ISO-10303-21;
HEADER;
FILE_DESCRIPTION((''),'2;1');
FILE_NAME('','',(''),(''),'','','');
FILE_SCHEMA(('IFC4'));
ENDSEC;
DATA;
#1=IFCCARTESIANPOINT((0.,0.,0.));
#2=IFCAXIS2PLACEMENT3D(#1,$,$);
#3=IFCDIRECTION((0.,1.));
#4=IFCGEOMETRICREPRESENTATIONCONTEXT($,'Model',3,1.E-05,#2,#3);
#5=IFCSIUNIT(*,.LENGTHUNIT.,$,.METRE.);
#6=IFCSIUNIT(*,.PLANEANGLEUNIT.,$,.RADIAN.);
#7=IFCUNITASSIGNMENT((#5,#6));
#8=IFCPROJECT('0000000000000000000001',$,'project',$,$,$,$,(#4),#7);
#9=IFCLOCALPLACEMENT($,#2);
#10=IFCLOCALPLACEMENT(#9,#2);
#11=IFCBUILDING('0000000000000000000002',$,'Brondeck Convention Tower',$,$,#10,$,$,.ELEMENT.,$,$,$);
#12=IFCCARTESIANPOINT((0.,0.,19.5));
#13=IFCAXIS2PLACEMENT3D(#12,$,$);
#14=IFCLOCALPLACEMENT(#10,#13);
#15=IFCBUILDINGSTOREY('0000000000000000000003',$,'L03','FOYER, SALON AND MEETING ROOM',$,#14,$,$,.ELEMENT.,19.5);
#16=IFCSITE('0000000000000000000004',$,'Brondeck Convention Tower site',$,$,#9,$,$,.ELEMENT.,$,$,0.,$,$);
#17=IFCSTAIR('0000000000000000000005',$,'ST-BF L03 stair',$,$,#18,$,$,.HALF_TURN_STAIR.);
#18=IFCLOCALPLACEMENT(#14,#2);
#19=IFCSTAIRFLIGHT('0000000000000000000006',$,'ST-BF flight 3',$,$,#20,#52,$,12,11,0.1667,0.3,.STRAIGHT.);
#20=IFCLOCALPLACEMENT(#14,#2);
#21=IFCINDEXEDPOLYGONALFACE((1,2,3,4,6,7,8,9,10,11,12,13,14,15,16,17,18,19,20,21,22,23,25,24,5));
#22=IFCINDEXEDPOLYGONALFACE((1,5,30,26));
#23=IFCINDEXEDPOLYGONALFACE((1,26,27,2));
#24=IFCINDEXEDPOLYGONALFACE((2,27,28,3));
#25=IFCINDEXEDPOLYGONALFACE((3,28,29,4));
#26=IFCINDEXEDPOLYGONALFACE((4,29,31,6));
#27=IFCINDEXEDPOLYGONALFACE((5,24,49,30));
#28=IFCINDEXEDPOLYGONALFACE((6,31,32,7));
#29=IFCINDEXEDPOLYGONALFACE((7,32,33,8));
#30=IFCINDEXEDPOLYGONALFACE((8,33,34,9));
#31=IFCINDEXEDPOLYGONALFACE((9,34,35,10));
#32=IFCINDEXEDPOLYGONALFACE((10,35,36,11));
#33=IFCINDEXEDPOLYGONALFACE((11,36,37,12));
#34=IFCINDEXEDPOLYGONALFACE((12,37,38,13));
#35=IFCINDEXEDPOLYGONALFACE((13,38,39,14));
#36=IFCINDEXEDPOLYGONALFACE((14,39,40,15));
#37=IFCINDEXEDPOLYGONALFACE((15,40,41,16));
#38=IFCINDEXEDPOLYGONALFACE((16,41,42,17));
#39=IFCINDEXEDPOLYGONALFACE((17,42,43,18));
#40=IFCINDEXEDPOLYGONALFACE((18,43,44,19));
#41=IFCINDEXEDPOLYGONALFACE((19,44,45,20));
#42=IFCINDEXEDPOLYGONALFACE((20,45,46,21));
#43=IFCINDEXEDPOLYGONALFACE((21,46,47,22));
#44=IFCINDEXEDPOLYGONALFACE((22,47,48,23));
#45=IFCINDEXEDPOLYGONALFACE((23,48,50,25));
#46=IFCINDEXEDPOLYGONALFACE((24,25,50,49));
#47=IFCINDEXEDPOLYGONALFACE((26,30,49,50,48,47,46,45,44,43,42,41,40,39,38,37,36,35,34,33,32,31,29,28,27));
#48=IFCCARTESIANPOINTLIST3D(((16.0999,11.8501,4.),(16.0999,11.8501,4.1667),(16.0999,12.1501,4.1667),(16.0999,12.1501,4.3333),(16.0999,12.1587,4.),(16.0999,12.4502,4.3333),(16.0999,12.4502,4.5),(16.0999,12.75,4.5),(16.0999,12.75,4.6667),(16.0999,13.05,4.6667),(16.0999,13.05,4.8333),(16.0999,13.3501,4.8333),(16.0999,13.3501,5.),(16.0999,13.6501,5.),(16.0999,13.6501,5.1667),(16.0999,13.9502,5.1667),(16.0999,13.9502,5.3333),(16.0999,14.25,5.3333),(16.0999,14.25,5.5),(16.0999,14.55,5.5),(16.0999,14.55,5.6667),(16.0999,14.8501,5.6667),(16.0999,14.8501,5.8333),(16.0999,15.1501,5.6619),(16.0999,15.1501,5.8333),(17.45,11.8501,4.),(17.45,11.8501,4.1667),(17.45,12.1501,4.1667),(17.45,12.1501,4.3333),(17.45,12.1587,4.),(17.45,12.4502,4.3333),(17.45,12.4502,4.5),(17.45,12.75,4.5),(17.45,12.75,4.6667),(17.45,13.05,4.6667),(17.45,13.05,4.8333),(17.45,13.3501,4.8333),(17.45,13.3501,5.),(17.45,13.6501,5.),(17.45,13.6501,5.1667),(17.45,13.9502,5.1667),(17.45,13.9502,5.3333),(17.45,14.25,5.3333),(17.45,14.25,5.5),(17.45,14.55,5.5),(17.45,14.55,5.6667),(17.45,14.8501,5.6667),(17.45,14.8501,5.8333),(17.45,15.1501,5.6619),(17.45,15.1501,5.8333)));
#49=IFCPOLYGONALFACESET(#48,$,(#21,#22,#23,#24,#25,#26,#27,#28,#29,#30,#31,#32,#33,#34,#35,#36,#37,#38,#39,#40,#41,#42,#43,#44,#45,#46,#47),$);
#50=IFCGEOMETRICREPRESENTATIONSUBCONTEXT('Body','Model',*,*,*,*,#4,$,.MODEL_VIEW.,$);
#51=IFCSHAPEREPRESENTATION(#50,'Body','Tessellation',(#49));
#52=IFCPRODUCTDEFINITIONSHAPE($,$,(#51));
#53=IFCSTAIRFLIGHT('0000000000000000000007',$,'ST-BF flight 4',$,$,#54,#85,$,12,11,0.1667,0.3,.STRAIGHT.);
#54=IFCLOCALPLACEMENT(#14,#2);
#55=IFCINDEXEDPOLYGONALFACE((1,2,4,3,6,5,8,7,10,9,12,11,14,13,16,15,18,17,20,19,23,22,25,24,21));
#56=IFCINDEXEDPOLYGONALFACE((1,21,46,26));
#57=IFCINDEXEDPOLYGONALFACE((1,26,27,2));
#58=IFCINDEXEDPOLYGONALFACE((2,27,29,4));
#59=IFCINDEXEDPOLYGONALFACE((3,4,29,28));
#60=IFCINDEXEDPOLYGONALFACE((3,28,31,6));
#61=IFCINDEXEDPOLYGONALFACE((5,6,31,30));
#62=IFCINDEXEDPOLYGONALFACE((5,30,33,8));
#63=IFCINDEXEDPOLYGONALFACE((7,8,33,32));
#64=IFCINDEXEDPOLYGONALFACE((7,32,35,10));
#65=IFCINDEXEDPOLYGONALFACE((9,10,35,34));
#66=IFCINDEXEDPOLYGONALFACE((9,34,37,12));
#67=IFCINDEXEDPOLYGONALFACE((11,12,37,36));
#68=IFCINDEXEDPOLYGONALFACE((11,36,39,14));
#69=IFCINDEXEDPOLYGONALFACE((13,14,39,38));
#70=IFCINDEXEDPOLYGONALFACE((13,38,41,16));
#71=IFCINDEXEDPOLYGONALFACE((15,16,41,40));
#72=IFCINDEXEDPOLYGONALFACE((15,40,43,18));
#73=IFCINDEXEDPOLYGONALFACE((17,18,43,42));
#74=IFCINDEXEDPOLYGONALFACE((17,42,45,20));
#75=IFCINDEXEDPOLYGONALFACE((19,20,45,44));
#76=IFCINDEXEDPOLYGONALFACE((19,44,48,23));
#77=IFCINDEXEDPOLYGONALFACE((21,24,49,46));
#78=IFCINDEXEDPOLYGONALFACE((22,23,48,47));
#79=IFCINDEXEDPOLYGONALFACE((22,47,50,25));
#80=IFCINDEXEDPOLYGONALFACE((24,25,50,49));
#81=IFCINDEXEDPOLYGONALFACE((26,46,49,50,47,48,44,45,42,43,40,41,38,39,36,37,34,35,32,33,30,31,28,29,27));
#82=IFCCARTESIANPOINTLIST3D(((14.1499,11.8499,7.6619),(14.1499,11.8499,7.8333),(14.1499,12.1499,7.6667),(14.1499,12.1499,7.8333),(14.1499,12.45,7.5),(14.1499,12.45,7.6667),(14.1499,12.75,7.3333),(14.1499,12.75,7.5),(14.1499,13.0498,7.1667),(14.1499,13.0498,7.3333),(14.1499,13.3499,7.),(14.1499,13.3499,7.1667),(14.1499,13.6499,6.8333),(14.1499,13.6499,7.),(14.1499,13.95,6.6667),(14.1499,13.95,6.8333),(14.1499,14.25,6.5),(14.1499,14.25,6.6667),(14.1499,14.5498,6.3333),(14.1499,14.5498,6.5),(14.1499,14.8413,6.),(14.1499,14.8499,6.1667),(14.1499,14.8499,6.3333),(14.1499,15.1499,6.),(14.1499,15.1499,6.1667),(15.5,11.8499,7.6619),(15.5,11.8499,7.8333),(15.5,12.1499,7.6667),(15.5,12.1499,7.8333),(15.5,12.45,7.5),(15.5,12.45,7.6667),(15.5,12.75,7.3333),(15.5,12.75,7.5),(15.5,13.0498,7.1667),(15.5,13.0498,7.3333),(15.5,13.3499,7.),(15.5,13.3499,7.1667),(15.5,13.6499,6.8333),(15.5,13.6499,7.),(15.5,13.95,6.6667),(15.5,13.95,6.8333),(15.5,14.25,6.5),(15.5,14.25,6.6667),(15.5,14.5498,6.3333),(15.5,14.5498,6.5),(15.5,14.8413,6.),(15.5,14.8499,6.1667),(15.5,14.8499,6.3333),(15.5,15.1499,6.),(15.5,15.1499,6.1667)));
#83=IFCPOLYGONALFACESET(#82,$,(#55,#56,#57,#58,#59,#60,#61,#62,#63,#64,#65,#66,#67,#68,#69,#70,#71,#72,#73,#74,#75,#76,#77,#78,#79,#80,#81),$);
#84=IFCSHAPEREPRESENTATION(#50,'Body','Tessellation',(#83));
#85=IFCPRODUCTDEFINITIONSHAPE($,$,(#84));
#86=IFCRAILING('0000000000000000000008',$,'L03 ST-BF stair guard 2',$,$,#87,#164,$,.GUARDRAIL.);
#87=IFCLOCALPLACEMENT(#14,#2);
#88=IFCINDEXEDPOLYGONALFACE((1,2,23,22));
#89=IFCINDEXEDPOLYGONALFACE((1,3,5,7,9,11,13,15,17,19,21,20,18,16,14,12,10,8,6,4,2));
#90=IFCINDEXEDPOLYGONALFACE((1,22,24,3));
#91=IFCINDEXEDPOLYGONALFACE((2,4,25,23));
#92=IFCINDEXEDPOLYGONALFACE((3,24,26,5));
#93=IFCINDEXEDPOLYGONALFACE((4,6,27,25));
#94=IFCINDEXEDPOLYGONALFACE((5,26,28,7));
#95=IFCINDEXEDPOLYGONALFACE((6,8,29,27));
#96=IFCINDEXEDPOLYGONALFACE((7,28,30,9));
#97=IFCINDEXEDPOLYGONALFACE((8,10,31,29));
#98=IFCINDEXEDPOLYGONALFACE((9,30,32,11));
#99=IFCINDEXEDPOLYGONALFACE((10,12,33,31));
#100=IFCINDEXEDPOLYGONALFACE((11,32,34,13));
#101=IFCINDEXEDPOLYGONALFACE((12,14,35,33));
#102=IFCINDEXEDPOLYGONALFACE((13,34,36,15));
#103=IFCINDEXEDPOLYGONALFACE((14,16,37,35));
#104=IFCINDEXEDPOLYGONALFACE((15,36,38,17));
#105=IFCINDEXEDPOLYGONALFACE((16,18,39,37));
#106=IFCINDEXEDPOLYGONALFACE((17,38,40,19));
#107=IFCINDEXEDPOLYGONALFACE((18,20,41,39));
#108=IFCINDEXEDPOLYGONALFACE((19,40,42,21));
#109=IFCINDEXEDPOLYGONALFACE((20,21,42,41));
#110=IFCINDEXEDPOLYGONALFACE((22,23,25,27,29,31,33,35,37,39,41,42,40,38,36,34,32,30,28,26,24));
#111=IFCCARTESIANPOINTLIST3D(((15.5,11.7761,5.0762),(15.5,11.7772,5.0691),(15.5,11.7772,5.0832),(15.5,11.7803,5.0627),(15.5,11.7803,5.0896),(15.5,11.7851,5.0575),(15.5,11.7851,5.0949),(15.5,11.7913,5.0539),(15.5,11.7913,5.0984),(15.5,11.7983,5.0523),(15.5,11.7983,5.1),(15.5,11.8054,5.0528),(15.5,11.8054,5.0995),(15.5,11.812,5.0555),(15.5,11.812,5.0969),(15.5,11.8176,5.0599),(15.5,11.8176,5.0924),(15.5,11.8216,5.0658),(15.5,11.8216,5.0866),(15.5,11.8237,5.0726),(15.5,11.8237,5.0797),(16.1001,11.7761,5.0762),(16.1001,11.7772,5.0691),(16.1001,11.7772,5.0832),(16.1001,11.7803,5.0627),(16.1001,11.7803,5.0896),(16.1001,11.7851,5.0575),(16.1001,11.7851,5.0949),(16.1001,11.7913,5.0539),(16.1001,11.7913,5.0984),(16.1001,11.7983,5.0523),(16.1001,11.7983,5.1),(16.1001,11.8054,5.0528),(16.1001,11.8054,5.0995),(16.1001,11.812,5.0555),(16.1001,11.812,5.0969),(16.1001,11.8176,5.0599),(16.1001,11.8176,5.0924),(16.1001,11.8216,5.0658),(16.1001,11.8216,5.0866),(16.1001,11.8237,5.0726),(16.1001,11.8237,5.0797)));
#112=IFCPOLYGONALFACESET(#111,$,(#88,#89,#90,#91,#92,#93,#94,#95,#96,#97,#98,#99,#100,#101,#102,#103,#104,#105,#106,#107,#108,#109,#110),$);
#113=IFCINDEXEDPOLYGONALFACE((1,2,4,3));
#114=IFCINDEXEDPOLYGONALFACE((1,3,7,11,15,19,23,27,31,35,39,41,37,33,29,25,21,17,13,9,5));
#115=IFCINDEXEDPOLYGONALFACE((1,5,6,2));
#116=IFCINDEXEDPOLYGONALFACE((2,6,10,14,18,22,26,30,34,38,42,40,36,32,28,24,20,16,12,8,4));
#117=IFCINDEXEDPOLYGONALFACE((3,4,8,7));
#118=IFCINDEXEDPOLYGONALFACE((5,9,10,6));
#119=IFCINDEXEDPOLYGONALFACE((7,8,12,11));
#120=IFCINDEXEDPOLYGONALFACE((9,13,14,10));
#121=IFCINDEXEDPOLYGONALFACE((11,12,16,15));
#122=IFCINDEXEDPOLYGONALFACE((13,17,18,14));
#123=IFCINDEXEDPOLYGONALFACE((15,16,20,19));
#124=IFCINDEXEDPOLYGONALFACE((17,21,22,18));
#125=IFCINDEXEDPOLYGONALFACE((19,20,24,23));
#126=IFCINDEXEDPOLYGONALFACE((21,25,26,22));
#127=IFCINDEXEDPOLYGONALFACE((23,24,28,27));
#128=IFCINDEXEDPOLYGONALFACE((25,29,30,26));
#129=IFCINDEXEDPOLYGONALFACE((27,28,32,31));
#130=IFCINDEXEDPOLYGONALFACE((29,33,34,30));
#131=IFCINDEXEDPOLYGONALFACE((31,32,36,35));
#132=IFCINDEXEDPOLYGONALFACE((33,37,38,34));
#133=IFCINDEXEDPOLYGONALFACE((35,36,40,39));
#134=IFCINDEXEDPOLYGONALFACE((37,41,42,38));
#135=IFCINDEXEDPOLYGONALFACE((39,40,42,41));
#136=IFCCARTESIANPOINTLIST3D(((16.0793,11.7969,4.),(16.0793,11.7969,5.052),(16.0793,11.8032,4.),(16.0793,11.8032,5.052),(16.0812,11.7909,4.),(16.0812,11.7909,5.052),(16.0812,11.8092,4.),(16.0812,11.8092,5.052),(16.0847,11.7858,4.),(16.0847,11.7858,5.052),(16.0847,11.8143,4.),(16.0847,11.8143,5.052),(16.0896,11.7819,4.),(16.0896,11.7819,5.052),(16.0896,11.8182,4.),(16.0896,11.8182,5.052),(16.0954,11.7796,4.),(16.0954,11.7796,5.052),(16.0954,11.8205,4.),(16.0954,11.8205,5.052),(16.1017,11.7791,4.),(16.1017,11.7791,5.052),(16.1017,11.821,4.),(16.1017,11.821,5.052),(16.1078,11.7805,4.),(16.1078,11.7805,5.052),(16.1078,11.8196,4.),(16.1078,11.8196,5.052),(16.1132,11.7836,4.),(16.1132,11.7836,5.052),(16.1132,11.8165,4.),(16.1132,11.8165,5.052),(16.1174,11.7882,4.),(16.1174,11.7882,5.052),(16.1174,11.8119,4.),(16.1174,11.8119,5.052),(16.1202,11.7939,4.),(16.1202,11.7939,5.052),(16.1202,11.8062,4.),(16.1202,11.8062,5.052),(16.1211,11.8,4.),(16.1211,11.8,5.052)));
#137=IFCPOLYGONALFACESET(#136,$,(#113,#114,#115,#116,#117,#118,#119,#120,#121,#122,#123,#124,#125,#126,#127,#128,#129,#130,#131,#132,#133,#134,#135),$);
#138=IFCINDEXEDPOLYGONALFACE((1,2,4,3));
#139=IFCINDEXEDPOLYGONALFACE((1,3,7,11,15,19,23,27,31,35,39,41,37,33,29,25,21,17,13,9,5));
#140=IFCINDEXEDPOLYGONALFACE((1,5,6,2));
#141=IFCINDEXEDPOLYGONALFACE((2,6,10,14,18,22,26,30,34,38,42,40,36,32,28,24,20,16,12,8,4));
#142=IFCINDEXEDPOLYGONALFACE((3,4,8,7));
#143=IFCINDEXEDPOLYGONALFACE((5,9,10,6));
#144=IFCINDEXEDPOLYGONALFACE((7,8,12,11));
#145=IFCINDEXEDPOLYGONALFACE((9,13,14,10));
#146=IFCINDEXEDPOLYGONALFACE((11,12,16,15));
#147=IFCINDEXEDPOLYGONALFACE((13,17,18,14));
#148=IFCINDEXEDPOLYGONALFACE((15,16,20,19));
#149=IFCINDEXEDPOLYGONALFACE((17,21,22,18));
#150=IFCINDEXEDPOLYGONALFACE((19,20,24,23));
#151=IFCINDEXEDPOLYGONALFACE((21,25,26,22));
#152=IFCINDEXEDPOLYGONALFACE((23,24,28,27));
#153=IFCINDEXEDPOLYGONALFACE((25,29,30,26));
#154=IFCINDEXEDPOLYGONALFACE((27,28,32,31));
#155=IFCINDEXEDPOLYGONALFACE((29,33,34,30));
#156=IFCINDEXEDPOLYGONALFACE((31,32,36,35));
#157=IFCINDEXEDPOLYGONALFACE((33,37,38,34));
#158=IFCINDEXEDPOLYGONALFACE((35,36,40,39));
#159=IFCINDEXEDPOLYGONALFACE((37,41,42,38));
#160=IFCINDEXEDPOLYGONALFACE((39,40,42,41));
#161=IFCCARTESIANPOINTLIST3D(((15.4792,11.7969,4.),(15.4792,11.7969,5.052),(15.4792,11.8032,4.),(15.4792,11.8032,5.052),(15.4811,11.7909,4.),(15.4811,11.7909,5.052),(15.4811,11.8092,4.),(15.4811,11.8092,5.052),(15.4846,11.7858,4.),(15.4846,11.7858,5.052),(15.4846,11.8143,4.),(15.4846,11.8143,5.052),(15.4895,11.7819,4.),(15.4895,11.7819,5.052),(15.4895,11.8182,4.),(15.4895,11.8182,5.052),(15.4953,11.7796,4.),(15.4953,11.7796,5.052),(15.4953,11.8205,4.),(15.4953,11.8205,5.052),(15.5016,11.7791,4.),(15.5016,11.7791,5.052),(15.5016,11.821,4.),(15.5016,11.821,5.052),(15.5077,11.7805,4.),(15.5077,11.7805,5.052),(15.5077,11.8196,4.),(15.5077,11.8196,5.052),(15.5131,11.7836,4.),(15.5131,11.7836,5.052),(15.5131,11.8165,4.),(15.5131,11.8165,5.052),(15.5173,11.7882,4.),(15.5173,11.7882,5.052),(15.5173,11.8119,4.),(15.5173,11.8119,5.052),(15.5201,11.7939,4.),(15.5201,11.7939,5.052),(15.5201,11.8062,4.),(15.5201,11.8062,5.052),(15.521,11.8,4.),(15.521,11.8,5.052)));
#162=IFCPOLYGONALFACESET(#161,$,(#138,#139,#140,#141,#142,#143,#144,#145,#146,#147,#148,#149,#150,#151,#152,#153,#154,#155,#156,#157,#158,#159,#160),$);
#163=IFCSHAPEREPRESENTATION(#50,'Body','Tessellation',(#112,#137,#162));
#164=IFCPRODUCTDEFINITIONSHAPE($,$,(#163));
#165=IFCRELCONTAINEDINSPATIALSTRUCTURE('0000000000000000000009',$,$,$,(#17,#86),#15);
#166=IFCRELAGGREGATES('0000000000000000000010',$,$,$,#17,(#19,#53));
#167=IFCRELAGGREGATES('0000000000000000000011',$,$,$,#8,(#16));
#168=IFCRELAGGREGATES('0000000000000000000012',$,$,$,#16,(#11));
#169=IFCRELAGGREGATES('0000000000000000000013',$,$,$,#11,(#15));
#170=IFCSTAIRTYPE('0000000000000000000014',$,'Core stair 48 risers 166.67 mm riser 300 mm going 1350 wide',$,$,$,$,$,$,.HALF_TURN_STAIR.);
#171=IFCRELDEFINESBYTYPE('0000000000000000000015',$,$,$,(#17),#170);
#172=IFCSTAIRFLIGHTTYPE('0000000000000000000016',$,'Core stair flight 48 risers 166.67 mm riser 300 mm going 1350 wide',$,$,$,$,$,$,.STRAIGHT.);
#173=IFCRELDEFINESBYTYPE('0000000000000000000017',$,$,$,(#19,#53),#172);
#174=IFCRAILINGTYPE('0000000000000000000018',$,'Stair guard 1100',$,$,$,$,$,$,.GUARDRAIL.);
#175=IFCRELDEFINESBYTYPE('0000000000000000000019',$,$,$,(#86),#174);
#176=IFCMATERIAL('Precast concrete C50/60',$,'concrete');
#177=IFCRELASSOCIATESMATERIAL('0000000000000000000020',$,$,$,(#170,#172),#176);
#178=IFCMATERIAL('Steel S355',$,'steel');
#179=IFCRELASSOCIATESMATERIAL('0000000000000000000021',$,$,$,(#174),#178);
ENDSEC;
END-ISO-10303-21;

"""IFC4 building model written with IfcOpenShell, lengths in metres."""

from ifc_helpers import new_model, si_unit, direction, frame, origin, origin_2d, place, context, subcontext, project, spatial, polyline, circle, outline, extrude, material, type_object, element, aggregate, save


model = new_model("IFC4")

# Units and contexts
model_context = context("Model", 3, precision=1e-05, world=origin(), true_north=direction((0.0, 1.0)))
body_context = subcontext(model_context, "Body", "Model", "MODEL_VIEW")
ifc_project = project(units=[si_unit("LENGTHUNIT", "METRE"), si_unit("PLANEANGLEUNIT", "RADIAN")], contexts=[model_context])

# Site, building, storey
site_placement = place(None, origin())
site = spatial("IfcSite", under=ifc_project, at=site_placement, Name="Brondeck Convention Tower site", CompositionType="ELEMENT", RefElevation=0.0)
building_placement = place(site_placement, origin())
building = spatial("IfcBuilding", under=site, at=building_placement, Name="Brondeck Convention Tower", CompositionType="ELEMENT")
storey_placement = place(building_placement, frame((0.0, 0.0, 19.5)))
storey = spatial("IfcBuildingStorey", under=building, at=storey_placement, Name="L03", Description="FOYER, SALON AND MEETING ROOM", CompositionType="ELEMENT", Elevation=19.5)

# Shared definitions
ifc_material_1 = material(Name="Steel S355", Category="steel")

# Stair, stair flights
ifc_material_2 = material(Name="Precast concrete C50/60", Category="concrete")
stair_type = type_object("IfcStairType", Name="Core stair 48 risers 166.67 mm riser 300 mm going 1350 wide", PredefinedType="HALF_TURN_STAIR", material=ifc_material_2)
stair_placement = place(storey_placement, origin())
stair = element("IfcStair", 1, at=stair_placement, inside=storey, type_object=stair_type, Name="ST-BF L03 stair", PredefinedType="HALF_TURN_STAIR")
stair_flight_type = type_object("IfcStairFlightType", Name="Core stair flight 48 risers 166.67 mm riser 300 mm going 1350 wide", PredefinedType="STRAIGHT", material=ifc_material_2)
stair_flight_1_placement = place(storey_placement, frame((16.7749, 11.8501, 4.0), z_axis=(0.0, 0.0, 1.0), x_axis=(0.0, 1.0, 0.0)))
stair_flight_1 = element("IfcStairFlight", 2, at=stair_flight_1_placement, type_object=stair_flight_type, Name="ST-BF flight 3", NumberOfRisers=12, NumberOfTreads=11, PredefinedType="STRAIGHT", RiserHeight=0.1667, TreadLength=0.3, context=body_context, shape_type="SweptSolid", body=[
    extrude(outline(polyline([(0.0, 0.0), (0.0, 0.1667), (0.3, 0.1667), (0.3, 0.3333), (0.6001, 0.3333), (0.6001, 0.5), (0.8999, 0.5), (0.8999, 0.6667), (1.2, 0.6667), (1.2, 0.8333), (1.5, 0.8333), (1.5, 1.0), (1.8, 1.0), (1.8, 1.1667), (2.1001, 1.1667), (2.1001, 1.3333), (2.3999, 1.3333), (2.3999, 1.5), (2.7, 1.5), (2.7, 1.6667), (3.0, 1.6667), (3.0, 1.8333), (3.3, 1.8333), (3.3, 2.0), (3.3, 1.6619), (0.3086, 0.0), (0.0, 0.0)])), frame((0.0, 0.675, 0.0), z_axis=(0.0, -1.0, 0.0), x_axis=(1.0, 0.0, 0.0)), (0.0, 0.0, 1.0), 1.3501),
])
stair_flight_2_placement = place(storey_placement, frame((14.825, 15.1499, 6.0), z_axis=(0.0, 0.0, 1.0), x_axis=(0.0, -1.0, 0.0)))
stair_flight_2 = element("IfcStairFlight", 3, at=stair_flight_2_placement, type_object=stair_flight_type, Name="ST-BF flight 4", NumberOfRisers=12, NumberOfTreads=11, PredefinedType="STRAIGHT", RiserHeight=0.1667, TreadLength=0.3, context=body_context, shape_type="SweptSolid", body=[
    extrude(outline(polyline([(0.0, 0.0), (0.0, 0.1667), (0.3, 0.1667), (0.3, 0.3333), (0.6001, 0.3333), (0.6001, 0.5), (0.8999, 0.5), (0.8999, 0.6667), (1.2, 0.6667), (1.2, 0.8333), (1.5, 0.8333), (1.5, 1.0), (1.8, 1.0), (1.8, 1.1667), (2.1001, 1.1667), (2.1001, 1.3333), (2.3999, 1.3333), (2.3999, 1.5), (2.7, 1.5), (2.7, 1.6667), (3.0, 1.6667), (3.0, 1.8333), (3.3, 1.8333), (3.3, 2.0), (3.3, 1.6619), (0.3086, 0.0), (0.0, 0.0)])), frame((0.0, 0.675, 0.0), z_axis=(0.0, -1.0, 0.0), x_axis=(1.0, 0.0, 0.0)), (0.0, 0.0, 1.0), 1.3501),
])
aggregate(stair, [stair_flight_1, stair_flight_2])

# Railing
railing_type_1 = type_object("IfcRailingType", Name="Stair guard 1100", PredefinedType="GUARDRAIL", material=ifc_material_1)
railing_1_placement = place(storey_placement, frame((16.1001, 11.8, 4.0)))
element("IfcRailing", 4, at=railing_1_placement, inside=storey, type_object=railing_type_1, Name="L03 ST-BF stair guard 2", PredefinedType="GUARDRAIL", context=body_context, shape_type="SweptSolid", body=[
    extrude(circle(Radius=0.0239, at=origin_2d()), frame((0.0, 0.0, 1.0762), z_axis=(-1.0, 0.0, 0.0), x_axis=(0.0, -1.0, 0.0)), (0.0, 0.0, 1.0), 0.6001),
    extrude(circle(Radius=0.021, at=origin_2d()), origin(), (0.0, 0.0, 1.0), 1.052),
    extrude(circle(Radius=0.021, at=origin_2d()), frame((-0.6001, 0.0, 0.0)), (0.0, 0.0, 1.0), 1.052),
])

save(model, "model.ifc")
